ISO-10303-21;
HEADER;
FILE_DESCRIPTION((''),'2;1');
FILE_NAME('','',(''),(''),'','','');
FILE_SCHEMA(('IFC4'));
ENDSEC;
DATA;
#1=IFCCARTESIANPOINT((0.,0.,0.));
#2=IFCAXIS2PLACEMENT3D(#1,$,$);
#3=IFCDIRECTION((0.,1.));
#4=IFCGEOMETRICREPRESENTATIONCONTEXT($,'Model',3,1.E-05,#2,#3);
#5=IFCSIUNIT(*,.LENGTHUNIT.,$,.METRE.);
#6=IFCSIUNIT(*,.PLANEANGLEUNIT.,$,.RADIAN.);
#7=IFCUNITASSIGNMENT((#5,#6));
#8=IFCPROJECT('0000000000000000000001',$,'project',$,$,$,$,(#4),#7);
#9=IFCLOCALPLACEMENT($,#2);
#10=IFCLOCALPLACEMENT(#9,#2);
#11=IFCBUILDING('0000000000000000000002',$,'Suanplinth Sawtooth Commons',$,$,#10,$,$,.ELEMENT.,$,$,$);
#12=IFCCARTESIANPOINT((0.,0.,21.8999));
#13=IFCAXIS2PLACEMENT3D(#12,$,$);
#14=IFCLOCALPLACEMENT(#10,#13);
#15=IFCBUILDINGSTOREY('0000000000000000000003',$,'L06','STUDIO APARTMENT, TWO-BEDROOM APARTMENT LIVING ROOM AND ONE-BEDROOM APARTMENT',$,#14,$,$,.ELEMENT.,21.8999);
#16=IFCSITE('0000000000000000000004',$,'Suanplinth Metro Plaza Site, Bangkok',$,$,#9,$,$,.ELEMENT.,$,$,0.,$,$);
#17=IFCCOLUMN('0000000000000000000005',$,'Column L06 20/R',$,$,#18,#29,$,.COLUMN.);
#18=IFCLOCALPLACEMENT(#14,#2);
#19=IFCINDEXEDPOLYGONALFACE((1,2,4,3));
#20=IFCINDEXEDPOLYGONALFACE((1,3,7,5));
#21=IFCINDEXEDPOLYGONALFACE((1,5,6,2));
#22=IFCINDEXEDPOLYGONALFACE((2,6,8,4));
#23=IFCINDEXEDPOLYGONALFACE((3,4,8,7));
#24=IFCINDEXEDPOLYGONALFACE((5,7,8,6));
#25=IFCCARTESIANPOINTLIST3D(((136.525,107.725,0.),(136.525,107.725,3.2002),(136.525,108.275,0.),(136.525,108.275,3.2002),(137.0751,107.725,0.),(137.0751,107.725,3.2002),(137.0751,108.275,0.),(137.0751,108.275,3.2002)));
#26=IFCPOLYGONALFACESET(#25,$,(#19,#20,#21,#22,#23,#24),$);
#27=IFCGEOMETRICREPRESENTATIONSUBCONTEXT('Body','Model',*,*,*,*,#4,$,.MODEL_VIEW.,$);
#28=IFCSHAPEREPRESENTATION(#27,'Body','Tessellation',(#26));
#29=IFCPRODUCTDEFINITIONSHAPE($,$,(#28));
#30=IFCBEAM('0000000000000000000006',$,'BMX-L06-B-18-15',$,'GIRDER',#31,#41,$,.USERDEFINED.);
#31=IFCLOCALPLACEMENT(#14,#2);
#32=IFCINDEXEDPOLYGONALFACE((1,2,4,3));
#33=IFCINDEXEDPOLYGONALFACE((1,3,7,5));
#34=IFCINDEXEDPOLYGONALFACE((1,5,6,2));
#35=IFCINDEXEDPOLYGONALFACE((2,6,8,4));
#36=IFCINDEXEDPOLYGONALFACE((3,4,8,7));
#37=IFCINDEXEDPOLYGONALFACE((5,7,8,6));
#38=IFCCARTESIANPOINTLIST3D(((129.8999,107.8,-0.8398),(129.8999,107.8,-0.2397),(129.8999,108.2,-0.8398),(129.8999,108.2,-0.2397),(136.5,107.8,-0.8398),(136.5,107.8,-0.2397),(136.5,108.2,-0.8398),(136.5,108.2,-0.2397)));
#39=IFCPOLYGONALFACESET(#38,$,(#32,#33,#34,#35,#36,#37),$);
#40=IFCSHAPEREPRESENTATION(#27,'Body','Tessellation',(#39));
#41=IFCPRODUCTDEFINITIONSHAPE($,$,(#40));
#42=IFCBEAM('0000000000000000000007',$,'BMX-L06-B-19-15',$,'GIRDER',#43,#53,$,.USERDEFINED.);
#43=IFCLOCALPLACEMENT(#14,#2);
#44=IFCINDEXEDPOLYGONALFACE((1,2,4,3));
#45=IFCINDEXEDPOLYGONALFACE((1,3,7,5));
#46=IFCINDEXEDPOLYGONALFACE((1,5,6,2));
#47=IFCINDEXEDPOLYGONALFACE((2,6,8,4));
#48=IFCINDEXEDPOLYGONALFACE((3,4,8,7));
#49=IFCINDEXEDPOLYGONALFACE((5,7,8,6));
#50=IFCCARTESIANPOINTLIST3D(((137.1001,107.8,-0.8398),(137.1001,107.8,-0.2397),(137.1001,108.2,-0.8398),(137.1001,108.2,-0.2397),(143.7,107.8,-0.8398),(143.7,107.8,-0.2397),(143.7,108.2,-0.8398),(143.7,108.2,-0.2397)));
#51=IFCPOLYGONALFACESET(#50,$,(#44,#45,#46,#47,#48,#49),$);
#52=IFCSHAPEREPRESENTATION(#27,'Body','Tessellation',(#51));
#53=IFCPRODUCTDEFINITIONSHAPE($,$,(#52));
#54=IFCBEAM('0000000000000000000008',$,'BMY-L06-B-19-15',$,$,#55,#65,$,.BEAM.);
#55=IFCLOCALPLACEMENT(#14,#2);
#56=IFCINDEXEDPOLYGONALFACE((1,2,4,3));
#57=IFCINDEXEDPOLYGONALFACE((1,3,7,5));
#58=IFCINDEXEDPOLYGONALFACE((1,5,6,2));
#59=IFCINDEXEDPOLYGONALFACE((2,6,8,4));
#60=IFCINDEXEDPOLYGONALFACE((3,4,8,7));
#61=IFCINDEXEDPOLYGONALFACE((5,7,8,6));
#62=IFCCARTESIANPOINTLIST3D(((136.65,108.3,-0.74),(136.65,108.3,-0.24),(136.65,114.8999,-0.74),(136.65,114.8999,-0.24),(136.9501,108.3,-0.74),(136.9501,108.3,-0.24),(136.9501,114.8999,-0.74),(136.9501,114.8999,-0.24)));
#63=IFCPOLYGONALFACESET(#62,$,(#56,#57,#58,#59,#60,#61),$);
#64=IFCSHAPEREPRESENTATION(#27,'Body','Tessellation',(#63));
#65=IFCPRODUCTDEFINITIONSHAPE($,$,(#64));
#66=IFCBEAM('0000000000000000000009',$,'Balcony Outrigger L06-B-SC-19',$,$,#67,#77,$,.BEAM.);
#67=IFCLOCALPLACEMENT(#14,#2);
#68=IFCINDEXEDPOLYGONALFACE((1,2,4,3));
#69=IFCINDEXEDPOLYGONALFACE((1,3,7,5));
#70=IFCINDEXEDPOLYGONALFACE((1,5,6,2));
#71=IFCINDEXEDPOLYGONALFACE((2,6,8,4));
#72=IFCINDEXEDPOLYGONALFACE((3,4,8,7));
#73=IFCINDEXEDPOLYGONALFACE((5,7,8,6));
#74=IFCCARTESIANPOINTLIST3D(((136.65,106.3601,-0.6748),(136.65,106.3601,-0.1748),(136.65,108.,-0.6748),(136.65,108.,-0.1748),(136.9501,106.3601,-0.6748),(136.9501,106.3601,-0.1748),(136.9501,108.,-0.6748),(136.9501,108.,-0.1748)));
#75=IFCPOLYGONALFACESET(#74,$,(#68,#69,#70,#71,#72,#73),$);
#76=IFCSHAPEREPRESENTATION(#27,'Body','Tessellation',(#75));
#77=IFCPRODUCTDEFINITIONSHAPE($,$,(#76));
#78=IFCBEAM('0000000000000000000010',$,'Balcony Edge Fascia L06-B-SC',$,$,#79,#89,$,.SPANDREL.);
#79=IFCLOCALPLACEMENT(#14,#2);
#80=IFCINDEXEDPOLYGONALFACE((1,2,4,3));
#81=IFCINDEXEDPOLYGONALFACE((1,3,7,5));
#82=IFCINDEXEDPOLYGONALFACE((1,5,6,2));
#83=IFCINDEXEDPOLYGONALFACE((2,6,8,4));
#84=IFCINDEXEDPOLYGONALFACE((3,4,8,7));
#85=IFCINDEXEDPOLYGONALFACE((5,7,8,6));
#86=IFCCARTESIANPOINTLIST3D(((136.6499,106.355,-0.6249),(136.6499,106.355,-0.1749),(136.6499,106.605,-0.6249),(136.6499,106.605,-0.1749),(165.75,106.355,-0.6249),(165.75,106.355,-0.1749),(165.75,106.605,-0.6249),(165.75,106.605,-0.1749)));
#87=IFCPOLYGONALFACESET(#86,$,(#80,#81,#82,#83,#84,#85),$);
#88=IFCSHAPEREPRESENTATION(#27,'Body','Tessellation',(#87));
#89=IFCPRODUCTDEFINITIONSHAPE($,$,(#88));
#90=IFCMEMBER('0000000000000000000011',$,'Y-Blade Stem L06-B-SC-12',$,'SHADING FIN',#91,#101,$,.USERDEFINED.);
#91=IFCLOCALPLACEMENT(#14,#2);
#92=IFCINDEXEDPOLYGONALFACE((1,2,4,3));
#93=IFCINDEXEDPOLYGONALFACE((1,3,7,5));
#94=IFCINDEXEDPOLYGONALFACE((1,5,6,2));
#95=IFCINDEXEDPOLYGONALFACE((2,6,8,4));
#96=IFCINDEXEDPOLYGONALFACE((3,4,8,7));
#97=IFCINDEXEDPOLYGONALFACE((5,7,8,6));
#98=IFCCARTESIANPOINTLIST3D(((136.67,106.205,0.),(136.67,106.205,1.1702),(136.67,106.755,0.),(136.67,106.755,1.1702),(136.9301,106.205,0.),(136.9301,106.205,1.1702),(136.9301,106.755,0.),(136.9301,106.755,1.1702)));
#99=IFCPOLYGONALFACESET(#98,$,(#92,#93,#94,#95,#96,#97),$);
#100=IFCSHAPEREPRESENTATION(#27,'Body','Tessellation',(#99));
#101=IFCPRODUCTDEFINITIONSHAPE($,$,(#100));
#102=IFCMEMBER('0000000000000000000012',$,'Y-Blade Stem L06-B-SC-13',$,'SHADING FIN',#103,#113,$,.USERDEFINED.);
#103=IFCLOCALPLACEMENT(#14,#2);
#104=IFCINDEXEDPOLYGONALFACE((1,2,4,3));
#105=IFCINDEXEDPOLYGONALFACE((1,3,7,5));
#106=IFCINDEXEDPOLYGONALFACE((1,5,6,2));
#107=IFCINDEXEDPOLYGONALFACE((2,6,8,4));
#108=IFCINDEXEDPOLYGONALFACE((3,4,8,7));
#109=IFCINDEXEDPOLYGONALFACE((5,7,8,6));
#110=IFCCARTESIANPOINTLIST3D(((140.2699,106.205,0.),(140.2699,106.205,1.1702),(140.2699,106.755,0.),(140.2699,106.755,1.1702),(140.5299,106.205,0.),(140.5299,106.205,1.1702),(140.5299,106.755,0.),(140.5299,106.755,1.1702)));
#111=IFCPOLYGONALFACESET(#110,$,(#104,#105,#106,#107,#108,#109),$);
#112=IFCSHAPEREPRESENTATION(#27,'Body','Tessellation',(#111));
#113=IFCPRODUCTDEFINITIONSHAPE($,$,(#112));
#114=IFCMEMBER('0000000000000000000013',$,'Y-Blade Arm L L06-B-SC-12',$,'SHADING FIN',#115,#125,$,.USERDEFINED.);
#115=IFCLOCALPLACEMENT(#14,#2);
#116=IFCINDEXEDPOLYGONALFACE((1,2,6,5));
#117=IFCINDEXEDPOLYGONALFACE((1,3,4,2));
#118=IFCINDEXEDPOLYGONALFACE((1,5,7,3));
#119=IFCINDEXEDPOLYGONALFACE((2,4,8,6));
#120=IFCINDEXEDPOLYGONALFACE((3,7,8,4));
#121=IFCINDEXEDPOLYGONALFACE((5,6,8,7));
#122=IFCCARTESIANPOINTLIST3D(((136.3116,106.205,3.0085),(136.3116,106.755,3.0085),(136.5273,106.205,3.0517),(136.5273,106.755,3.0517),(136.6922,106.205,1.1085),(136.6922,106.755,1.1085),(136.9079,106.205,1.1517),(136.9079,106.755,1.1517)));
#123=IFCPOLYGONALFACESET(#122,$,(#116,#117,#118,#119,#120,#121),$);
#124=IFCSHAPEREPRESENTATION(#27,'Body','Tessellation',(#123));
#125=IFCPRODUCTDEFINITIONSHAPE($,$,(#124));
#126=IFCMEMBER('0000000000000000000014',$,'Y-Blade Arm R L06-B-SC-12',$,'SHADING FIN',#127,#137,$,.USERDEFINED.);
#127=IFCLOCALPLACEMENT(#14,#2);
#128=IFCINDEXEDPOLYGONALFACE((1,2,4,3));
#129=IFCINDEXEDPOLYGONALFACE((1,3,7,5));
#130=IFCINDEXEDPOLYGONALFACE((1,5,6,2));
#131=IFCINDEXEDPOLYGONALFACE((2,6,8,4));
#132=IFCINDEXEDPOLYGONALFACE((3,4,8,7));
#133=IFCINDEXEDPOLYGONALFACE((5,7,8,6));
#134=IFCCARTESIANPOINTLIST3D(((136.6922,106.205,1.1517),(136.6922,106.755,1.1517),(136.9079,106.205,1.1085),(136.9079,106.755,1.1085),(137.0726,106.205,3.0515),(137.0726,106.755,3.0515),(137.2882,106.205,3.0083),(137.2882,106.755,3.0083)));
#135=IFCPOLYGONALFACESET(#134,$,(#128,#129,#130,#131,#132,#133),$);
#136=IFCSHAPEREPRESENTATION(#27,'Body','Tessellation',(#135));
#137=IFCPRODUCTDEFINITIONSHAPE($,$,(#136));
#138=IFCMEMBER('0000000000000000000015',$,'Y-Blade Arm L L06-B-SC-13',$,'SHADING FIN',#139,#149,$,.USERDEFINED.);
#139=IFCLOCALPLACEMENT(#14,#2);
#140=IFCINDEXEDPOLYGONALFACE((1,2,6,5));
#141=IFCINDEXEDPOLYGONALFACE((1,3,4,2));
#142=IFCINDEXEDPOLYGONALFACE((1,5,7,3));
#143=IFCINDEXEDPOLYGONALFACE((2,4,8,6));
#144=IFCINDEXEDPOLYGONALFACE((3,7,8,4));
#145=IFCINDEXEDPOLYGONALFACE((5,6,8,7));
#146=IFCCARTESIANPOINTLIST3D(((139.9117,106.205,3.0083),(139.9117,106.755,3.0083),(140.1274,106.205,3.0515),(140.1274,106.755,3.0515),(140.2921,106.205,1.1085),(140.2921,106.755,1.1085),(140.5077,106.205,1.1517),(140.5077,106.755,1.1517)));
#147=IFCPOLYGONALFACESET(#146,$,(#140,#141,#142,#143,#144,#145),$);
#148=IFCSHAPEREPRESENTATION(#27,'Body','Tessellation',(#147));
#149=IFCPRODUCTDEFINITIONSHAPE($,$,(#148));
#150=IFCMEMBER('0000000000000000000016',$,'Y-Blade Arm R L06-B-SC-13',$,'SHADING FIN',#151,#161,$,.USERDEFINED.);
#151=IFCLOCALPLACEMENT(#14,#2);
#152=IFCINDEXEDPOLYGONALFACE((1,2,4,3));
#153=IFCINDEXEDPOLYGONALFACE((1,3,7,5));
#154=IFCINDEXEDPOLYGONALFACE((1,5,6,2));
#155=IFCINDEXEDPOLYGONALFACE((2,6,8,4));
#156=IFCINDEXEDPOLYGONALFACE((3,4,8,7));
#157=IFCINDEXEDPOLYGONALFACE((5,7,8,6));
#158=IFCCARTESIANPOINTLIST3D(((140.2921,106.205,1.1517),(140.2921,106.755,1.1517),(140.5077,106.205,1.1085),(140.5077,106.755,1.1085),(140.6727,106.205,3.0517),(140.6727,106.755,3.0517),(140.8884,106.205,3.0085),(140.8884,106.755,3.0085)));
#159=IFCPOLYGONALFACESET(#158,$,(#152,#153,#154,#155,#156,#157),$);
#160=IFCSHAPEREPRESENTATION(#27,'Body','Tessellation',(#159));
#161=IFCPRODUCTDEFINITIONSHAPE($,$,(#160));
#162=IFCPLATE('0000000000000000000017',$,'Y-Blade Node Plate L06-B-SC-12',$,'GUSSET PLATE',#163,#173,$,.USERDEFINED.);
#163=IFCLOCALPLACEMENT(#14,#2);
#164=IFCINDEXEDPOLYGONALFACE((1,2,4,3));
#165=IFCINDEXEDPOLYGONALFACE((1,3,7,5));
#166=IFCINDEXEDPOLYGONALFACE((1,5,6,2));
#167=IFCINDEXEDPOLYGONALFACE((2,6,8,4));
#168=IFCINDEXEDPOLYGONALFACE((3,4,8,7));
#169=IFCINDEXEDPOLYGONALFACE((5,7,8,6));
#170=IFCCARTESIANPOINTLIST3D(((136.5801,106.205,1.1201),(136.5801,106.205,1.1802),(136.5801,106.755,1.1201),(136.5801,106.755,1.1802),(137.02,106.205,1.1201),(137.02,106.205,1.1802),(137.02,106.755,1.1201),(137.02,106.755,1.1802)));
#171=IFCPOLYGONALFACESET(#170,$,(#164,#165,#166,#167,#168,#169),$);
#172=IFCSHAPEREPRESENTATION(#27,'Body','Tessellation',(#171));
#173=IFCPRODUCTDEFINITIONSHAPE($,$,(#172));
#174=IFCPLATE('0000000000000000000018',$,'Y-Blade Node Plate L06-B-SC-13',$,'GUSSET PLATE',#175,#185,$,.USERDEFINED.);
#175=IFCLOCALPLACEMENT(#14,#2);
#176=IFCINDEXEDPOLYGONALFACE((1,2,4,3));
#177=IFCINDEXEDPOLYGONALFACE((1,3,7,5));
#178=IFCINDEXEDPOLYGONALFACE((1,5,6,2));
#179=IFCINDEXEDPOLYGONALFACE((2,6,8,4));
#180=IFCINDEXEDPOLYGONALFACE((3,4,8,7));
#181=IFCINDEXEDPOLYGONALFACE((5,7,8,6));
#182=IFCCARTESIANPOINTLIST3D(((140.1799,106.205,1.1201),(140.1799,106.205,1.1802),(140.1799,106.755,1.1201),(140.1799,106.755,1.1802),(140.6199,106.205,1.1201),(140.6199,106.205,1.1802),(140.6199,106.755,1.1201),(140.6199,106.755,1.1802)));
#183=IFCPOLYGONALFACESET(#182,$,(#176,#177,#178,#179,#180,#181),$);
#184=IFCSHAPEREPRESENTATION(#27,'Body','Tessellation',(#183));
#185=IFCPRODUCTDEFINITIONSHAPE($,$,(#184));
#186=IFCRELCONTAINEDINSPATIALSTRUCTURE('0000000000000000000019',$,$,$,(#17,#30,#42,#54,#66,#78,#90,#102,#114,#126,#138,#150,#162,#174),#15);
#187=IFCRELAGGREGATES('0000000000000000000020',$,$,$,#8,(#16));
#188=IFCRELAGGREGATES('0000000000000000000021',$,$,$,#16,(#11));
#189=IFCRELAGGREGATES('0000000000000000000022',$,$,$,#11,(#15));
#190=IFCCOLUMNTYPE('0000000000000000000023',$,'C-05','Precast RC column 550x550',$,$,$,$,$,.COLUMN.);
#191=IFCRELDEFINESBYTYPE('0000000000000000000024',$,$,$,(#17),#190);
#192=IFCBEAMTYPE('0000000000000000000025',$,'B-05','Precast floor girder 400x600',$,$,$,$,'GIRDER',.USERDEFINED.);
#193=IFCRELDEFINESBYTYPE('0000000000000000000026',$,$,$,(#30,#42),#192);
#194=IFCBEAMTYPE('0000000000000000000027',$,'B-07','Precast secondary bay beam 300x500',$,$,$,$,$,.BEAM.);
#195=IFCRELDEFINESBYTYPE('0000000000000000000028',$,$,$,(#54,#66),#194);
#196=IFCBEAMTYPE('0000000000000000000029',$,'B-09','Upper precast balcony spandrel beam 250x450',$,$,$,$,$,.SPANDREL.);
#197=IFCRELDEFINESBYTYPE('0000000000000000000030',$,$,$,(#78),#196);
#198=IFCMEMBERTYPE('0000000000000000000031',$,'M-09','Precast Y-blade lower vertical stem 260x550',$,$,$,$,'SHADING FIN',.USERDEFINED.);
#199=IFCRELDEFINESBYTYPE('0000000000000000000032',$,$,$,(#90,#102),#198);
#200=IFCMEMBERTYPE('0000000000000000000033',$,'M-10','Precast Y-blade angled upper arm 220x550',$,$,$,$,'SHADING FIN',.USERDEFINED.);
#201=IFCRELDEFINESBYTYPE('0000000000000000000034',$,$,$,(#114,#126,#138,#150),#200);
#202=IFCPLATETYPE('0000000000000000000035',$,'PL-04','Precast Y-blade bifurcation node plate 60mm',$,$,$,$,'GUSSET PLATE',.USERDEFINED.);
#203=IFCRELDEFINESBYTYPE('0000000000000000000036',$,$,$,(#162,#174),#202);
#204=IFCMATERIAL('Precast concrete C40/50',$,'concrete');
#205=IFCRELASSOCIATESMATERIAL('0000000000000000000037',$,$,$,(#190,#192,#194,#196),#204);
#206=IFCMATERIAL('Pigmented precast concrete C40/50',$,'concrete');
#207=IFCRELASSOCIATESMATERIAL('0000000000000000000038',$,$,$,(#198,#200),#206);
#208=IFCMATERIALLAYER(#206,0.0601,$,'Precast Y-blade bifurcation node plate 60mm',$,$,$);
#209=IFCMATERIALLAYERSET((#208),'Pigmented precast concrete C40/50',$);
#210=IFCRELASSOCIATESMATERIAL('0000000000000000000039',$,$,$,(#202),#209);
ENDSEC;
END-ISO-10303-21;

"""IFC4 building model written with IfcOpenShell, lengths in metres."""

from ifc_helpers import new_model, si_unit, direction, frame, origin, origin_2d, place, context, subcontext, project, spatial, rectangle, extrude, material, layer, layer_set, material_profile, profile_set, type_object, element, save


model = new_model("IFC4")

# Units and contexts
model_context = context("Model", 3, precision=1e-05, world=origin(), true_north=direction((0.0, 1.0)))
body_context = subcontext(model_context, "Body", "Model", "MODEL_VIEW")
ifc_project = project(units=[si_unit("LENGTHUNIT", "METRE"), si_unit("PLANEANGLEUNIT", "RADIAN")], contexts=[model_context])

# Site, building, storey
site_placement = place(None, origin())
site = spatial("IfcSite", under=ifc_project, at=site_placement, Name="Suanplinth Metro Plaza Site, Bangkok", CompositionType="ELEMENT", RefElevation=0.0)
building_placement = place(site_placement, origin())
building = spatial("IfcBuilding", under=site, at=building_placement, Name="Suanplinth Sawtooth Commons", CompositionType="ELEMENT")
storey_placement = place(building_placement, frame((0.0, 0.0, 21.8999)))
storey = spatial("IfcBuildingStorey", under=building, at=storey_placement, Name="L06", Description="STUDIO APARTMENT, TWO-BEDROOM APARTMENT LIVING ROOM AND ONE-BEDROOM APARTMENT", CompositionType="ELEMENT", Elevation=21.8999)

# Column
ifc_material_1 = material(Name="Precast concrete C40/50", Category="concrete")
ifc_material_profile_1 = material_profile(ifc_material_1, rectangle(XDim=0.55, YDim=0.55, at=origin_2d()), Name="PC-COL 550x550")
ifc_profile_set_1 = profile_set([ifc_material_profile_1], Name="Precast concrete C40/50")
column_type = type_object("IfcColumnType", Name="C-05", Description="Precast RC column 550x550", PredefinedType="COLUMN", material=ifc_profile_set_1)
column_placement = place(storey_placement, frame((136.8, 108.0, 0.0), z_axis=(0.0, 0.0, 1.0), x_axis=(1.0, 0.0, 0.0)))
element("IfcColumn", 1, at=column_placement, inside=storey, type_object=column_type, Name="Column L06 20/R", PredefinedType="COLUMN", context=body_context, shape_type="SweptSolid", body=[
    extrude(rectangle(XDim=0.55, YDim=0.55, at=origin_2d()), origin(), (0.0, 0.0, 1.0), 3.2002),
])

# Beams
ifc_material_profile_2 = material_profile(ifc_material_1, rectangle(XDim=0.3999, YDim=0.6001, at=origin_2d()), Name="PC-GDR 400x600")
ifc_profile_set_2 = profile_set([ifc_material_profile_2], Name="Precast concrete C40/50")
beam_type_1 = type_object("IfcBeamType", Name="B-05", Description="Precast floor girder 400x600", ElementType="GIRDER", PredefinedType="USERDEFINED", material=ifc_profile_set_2)
beam_1_placement = place(storey_placement, frame((129.8999, 108.0, -0.5398), z_axis=(1.0, 0.0, 0.0), x_axis=(0.0, 1.0, 0.0)))
element("IfcBeam", 2, at=beam_1_placement, inside=storey, type_object=beam_type_1, Name="BMX-L06-B-18-15", ObjectType="GIRDER", PredefinedType="USERDEFINED", context=body_context, shape_type="SweptSolid", body=[
    extrude(rectangle(XDim=0.3999, YDim=0.6001, at=origin_2d()), origin(), (0.0, 0.0, 1.0), 6.6001),
])
beam_2_placement = place(storey_placement, frame((137.1001, 108.0, -0.5398), z_axis=(1.0, 0.0, 0.0), x_axis=(0.0, 1.0, 0.0)))
element("IfcBeam", 3, at=beam_2_placement, inside=storey, type_object=beam_type_1, Name="BMX-L06-B-19-15", ObjectType="GIRDER", PredefinedType="USERDEFINED", context=body_context, shape_type="SweptSolid", body=[
    extrude(rectangle(XDim=0.3999, YDim=0.6001, at=origin_2d()), origin(), (0.0, 0.0, 1.0), 6.5999),
])
ifc_material_profile_3 = material_profile(ifc_material_1, rectangle(XDim=0.3, YDim=0.5, at=origin_2d()), Name="PC-BM 300x500")
ifc_profile_set_3 = profile_set([ifc_material_profile_3], Name="Precast concrete C40/50")
beam_type_2 = type_object("IfcBeamType", Name="B-07", Description="Precast secondary bay beam 300x500", PredefinedType="BEAM", material=ifc_profile_set_3)
beam_3_placement = place(storey_placement, frame((136.8, 108.3, -0.49), z_axis=(0.0, 1.0, 0.0), x_axis=(-1.0, 0.0, 0.0)))
element("IfcBeam", 4, at=beam_3_placement, inside=storey, type_object=beam_type_2, Name="BMY-L06-B-19-15", PredefinedType="BEAM", context=body_context, shape_type="SweptSolid", body=[
    extrude(rectangle(XDim=0.3, YDim=0.5, at=origin_2d()), origin(), (0.0, 0.0, 1.0), 6.5999),
])
beam_4_placement = place(storey_placement, frame((136.8, 108.0, -0.4248), z_axis=(0.0, -1.0, 0.0), x_axis=(1.0, 0.0, 0.0)))
element("IfcBeam", 5, at=beam_4_placement, inside=storey, type_object=beam_type_2, Name="Balcony Outrigger L06-B-SC-19", PredefinedType="BEAM", context=body_context, shape_type="SweptSolid", body=[
    extrude(rectangle(XDim=0.3, YDim=0.5, at=origin_2d()), origin(), (0.0, 0.0, 1.0), 1.6399),
])
ifc_material_profile_4 = material_profile(ifc_material_1, rectangle(XDim=0.25, YDim=0.45, at=origin_2d()), Name="PC-SP 250x450")
ifc_profile_set_4 = profile_set([ifc_material_profile_4], Name="Precast concrete C40/50")
beam_type_3 = type_object("IfcBeamType", Name="B-09", Description="Upper precast balcony spandrel beam 250x450", PredefinedType="SPANDREL", material=ifc_profile_set_4)
beam_5_placement = place(storey_placement, frame((136.6499, 106.48, -0.3999), z_axis=(1.0, 0.0, 0.0), x_axis=(0.0, 1.0, 0.0)))
element("IfcBeam", 6, at=beam_5_placement, inside=storey, type_object=beam_type_3, Name="Balcony Edge Fascia L06-B-SC", PredefinedType="SPANDREL", context=body_context, shape_type="SweptSolid", body=[
    extrude(rectangle(XDim=0.25, YDim=0.45, at=origin_2d()), origin(), (0.0, 0.0, 1.0), 29.1001),
])

# Members
ifc_material_2 = material(Name="Pigmented precast concrete C40/50", Category="concrete")
ifc_material_profile_5 = material_profile(ifc_material_2, rectangle(XDim=0.26, YDim=0.55, at=origin_2d()), Name="PC-FIN 260x550")
ifc_profile_set_5 = profile_set([ifc_material_profile_5], Name="Pigmented precast concrete C40/50")
member_type_1 = type_object("IfcMemberType", Name="M-09", Description="Precast Y-blade lower vertical stem 260x550", ElementType="SHADING FIN", PredefinedType="USERDEFINED", material=ifc_profile_set_5)
for number, where, z_axis, x_axis, name in (
    (7, (136.8, 106.48, 0.0), (0.0, 0.0, 1.0), (1.0, 0.0, 0.0), "Y-Blade Stem L06-B-SC-12"),
    (8, (140.3999, 106.48, 0.0), (0.0, 0.0, 1.0), (1.0, 0.0, 0.0), "Y-Blade Stem L06-B-SC-13"),
):
    element("IfcMember", number, at=place(storey_placement, frame(where, z_axis=z_axis, x_axis=x_axis)), inside=storey, type_object=member_type_1, Name=name, ObjectType="SHADING FIN", PredefinedType="USERDEFINED", context=body_context, shape_type="SweptSolid", body=[
        extrude(rectangle(XDim=0.26, YDim=0.55, at=origin_2d()), origin(), (0.0, 0.0, 1.0), 1.1702),
    ])
ifc_material_profile_6 = material_profile(ifc_material_2, rectangle(XDim=0.22, YDim=0.55, at=origin_2d()), Name="PC-FIN 220x550")
ifc_profile_set_6 = profile_set([ifc_material_profile_6], Name="Pigmented precast concrete C40/50")
member_type_2 = type_object("IfcMemberType", Name="M-10", Description="Precast Y-blade angled upper arm 220x550", ElementType="SHADING FIN", PredefinedType="USERDEFINED", material=ifc_profile_set_6)
member_1_placement = place(storey_placement, frame((136.8, 106.48, 1.1301), z_axis=(-0.196431, 0.0, 0.980518), x_axis=(0.980518, 0.0, 0.196431)))
element("IfcMember", 9, at=member_1_placement, inside=storey, type_object=member_type_2, Name="Y-Blade Arm L L06-B-SC-12", ObjectType="SHADING FIN", PredefinedType="USERDEFINED", context=body_context, shape_type="SweptSolid", body=[
    extrude(rectangle(XDim=0.22, YDim=0.55, at=origin_2d()), origin(), (0.0, 0.0, 1.0), 1.9377),
])
for number, where, z_axis, x_axis, name in (
    (10, (136.8, 106.48, 1.1301), (0.19631, 0.0, 0.980542), (-0.980542, 0.0, 0.19631), "Y-Blade Arm R L06-B-SC-12"),
    (11, (140.3999, 106.48, 1.1301), (-0.19631, 0.0, 0.980542), (0.980542, 0.0, 0.19631), "Y-Blade Arm L L06-B-SC-13"),
):
    element("IfcMember", number, at=place(storey_placement, frame(where, z_axis=z_axis, x_axis=x_axis)), inside=storey, type_object=member_type_2, Name=name, ObjectType="SHADING FIN", PredefinedType="USERDEFINED", context=body_context, shape_type="SweptSolid", body=[
        extrude(rectangle(XDim=0.22, YDim=0.55, at=origin_2d()), origin(), (0.0, 0.0, 1.0), 1.9375),
    ])
member_2_placement = place(storey_placement, frame((140.3999, 106.48, 1.1301), z_axis=(0.196431, 0.0, 0.980518), x_axis=(-0.980518, 0.0, 0.196431)))
element("IfcMember", 12, at=member_2_placement, inside=storey, type_object=member_type_2, Name="Y-Blade Arm R L06-B-SC-13", ObjectType="SHADING FIN", PredefinedType="USERDEFINED", context=body_context, shape_type="SweptSolid", body=[
    extrude(rectangle(XDim=0.22, YDim=0.55, at=origin_2d()), origin(), (0.0, 0.0, 1.0), 1.9377),
])

# Plates
ifc_layer_1 = layer(ifc_material_2, 0.0601, Name="Precast Y-blade bifurcation node plate 60mm")
ifc_layer_set_1 = layer_set([ifc_layer_1], Name="Pigmented precast concrete C40/50")
plate_type = type_object("IfcPlateType", Name="PL-04", Description="Precast Y-blade bifurcation node plate 60mm", ElementType="GUSSET PLATE", PredefinedType="USERDEFINED", material=ifc_layer_set_1)
for number, where, z_axis, x_axis, name in (
    (13, (136.8, 106.48, 1.1201), (0.0, 0.0, 1.0), (1.0, 0.0, 0.0), "Y-Blade Node Plate L06-B-SC-12"),
    (14, (140.3999, 106.48, 1.1201), (0.0, 0.0, 1.0), (1.0, 0.0, 0.0), "Y-Blade Node Plate L06-B-SC-13"),
):
    element("IfcPlate", number, at=place(storey_placement, frame(where, z_axis=z_axis, x_axis=x_axis)), inside=storey, type_object=plate_type, Name=name, ObjectType="GUSSET PLATE", PredefinedType="USERDEFINED", context=body_context, shape_type="SweptSolid", body=[
        extrude(rectangle(XDim=0.4399, YDim=0.55, at=origin_2d()), origin(), (0.0, 0.0, 1.0), 0.0601),
    ])

save(model, "model.ifc")
